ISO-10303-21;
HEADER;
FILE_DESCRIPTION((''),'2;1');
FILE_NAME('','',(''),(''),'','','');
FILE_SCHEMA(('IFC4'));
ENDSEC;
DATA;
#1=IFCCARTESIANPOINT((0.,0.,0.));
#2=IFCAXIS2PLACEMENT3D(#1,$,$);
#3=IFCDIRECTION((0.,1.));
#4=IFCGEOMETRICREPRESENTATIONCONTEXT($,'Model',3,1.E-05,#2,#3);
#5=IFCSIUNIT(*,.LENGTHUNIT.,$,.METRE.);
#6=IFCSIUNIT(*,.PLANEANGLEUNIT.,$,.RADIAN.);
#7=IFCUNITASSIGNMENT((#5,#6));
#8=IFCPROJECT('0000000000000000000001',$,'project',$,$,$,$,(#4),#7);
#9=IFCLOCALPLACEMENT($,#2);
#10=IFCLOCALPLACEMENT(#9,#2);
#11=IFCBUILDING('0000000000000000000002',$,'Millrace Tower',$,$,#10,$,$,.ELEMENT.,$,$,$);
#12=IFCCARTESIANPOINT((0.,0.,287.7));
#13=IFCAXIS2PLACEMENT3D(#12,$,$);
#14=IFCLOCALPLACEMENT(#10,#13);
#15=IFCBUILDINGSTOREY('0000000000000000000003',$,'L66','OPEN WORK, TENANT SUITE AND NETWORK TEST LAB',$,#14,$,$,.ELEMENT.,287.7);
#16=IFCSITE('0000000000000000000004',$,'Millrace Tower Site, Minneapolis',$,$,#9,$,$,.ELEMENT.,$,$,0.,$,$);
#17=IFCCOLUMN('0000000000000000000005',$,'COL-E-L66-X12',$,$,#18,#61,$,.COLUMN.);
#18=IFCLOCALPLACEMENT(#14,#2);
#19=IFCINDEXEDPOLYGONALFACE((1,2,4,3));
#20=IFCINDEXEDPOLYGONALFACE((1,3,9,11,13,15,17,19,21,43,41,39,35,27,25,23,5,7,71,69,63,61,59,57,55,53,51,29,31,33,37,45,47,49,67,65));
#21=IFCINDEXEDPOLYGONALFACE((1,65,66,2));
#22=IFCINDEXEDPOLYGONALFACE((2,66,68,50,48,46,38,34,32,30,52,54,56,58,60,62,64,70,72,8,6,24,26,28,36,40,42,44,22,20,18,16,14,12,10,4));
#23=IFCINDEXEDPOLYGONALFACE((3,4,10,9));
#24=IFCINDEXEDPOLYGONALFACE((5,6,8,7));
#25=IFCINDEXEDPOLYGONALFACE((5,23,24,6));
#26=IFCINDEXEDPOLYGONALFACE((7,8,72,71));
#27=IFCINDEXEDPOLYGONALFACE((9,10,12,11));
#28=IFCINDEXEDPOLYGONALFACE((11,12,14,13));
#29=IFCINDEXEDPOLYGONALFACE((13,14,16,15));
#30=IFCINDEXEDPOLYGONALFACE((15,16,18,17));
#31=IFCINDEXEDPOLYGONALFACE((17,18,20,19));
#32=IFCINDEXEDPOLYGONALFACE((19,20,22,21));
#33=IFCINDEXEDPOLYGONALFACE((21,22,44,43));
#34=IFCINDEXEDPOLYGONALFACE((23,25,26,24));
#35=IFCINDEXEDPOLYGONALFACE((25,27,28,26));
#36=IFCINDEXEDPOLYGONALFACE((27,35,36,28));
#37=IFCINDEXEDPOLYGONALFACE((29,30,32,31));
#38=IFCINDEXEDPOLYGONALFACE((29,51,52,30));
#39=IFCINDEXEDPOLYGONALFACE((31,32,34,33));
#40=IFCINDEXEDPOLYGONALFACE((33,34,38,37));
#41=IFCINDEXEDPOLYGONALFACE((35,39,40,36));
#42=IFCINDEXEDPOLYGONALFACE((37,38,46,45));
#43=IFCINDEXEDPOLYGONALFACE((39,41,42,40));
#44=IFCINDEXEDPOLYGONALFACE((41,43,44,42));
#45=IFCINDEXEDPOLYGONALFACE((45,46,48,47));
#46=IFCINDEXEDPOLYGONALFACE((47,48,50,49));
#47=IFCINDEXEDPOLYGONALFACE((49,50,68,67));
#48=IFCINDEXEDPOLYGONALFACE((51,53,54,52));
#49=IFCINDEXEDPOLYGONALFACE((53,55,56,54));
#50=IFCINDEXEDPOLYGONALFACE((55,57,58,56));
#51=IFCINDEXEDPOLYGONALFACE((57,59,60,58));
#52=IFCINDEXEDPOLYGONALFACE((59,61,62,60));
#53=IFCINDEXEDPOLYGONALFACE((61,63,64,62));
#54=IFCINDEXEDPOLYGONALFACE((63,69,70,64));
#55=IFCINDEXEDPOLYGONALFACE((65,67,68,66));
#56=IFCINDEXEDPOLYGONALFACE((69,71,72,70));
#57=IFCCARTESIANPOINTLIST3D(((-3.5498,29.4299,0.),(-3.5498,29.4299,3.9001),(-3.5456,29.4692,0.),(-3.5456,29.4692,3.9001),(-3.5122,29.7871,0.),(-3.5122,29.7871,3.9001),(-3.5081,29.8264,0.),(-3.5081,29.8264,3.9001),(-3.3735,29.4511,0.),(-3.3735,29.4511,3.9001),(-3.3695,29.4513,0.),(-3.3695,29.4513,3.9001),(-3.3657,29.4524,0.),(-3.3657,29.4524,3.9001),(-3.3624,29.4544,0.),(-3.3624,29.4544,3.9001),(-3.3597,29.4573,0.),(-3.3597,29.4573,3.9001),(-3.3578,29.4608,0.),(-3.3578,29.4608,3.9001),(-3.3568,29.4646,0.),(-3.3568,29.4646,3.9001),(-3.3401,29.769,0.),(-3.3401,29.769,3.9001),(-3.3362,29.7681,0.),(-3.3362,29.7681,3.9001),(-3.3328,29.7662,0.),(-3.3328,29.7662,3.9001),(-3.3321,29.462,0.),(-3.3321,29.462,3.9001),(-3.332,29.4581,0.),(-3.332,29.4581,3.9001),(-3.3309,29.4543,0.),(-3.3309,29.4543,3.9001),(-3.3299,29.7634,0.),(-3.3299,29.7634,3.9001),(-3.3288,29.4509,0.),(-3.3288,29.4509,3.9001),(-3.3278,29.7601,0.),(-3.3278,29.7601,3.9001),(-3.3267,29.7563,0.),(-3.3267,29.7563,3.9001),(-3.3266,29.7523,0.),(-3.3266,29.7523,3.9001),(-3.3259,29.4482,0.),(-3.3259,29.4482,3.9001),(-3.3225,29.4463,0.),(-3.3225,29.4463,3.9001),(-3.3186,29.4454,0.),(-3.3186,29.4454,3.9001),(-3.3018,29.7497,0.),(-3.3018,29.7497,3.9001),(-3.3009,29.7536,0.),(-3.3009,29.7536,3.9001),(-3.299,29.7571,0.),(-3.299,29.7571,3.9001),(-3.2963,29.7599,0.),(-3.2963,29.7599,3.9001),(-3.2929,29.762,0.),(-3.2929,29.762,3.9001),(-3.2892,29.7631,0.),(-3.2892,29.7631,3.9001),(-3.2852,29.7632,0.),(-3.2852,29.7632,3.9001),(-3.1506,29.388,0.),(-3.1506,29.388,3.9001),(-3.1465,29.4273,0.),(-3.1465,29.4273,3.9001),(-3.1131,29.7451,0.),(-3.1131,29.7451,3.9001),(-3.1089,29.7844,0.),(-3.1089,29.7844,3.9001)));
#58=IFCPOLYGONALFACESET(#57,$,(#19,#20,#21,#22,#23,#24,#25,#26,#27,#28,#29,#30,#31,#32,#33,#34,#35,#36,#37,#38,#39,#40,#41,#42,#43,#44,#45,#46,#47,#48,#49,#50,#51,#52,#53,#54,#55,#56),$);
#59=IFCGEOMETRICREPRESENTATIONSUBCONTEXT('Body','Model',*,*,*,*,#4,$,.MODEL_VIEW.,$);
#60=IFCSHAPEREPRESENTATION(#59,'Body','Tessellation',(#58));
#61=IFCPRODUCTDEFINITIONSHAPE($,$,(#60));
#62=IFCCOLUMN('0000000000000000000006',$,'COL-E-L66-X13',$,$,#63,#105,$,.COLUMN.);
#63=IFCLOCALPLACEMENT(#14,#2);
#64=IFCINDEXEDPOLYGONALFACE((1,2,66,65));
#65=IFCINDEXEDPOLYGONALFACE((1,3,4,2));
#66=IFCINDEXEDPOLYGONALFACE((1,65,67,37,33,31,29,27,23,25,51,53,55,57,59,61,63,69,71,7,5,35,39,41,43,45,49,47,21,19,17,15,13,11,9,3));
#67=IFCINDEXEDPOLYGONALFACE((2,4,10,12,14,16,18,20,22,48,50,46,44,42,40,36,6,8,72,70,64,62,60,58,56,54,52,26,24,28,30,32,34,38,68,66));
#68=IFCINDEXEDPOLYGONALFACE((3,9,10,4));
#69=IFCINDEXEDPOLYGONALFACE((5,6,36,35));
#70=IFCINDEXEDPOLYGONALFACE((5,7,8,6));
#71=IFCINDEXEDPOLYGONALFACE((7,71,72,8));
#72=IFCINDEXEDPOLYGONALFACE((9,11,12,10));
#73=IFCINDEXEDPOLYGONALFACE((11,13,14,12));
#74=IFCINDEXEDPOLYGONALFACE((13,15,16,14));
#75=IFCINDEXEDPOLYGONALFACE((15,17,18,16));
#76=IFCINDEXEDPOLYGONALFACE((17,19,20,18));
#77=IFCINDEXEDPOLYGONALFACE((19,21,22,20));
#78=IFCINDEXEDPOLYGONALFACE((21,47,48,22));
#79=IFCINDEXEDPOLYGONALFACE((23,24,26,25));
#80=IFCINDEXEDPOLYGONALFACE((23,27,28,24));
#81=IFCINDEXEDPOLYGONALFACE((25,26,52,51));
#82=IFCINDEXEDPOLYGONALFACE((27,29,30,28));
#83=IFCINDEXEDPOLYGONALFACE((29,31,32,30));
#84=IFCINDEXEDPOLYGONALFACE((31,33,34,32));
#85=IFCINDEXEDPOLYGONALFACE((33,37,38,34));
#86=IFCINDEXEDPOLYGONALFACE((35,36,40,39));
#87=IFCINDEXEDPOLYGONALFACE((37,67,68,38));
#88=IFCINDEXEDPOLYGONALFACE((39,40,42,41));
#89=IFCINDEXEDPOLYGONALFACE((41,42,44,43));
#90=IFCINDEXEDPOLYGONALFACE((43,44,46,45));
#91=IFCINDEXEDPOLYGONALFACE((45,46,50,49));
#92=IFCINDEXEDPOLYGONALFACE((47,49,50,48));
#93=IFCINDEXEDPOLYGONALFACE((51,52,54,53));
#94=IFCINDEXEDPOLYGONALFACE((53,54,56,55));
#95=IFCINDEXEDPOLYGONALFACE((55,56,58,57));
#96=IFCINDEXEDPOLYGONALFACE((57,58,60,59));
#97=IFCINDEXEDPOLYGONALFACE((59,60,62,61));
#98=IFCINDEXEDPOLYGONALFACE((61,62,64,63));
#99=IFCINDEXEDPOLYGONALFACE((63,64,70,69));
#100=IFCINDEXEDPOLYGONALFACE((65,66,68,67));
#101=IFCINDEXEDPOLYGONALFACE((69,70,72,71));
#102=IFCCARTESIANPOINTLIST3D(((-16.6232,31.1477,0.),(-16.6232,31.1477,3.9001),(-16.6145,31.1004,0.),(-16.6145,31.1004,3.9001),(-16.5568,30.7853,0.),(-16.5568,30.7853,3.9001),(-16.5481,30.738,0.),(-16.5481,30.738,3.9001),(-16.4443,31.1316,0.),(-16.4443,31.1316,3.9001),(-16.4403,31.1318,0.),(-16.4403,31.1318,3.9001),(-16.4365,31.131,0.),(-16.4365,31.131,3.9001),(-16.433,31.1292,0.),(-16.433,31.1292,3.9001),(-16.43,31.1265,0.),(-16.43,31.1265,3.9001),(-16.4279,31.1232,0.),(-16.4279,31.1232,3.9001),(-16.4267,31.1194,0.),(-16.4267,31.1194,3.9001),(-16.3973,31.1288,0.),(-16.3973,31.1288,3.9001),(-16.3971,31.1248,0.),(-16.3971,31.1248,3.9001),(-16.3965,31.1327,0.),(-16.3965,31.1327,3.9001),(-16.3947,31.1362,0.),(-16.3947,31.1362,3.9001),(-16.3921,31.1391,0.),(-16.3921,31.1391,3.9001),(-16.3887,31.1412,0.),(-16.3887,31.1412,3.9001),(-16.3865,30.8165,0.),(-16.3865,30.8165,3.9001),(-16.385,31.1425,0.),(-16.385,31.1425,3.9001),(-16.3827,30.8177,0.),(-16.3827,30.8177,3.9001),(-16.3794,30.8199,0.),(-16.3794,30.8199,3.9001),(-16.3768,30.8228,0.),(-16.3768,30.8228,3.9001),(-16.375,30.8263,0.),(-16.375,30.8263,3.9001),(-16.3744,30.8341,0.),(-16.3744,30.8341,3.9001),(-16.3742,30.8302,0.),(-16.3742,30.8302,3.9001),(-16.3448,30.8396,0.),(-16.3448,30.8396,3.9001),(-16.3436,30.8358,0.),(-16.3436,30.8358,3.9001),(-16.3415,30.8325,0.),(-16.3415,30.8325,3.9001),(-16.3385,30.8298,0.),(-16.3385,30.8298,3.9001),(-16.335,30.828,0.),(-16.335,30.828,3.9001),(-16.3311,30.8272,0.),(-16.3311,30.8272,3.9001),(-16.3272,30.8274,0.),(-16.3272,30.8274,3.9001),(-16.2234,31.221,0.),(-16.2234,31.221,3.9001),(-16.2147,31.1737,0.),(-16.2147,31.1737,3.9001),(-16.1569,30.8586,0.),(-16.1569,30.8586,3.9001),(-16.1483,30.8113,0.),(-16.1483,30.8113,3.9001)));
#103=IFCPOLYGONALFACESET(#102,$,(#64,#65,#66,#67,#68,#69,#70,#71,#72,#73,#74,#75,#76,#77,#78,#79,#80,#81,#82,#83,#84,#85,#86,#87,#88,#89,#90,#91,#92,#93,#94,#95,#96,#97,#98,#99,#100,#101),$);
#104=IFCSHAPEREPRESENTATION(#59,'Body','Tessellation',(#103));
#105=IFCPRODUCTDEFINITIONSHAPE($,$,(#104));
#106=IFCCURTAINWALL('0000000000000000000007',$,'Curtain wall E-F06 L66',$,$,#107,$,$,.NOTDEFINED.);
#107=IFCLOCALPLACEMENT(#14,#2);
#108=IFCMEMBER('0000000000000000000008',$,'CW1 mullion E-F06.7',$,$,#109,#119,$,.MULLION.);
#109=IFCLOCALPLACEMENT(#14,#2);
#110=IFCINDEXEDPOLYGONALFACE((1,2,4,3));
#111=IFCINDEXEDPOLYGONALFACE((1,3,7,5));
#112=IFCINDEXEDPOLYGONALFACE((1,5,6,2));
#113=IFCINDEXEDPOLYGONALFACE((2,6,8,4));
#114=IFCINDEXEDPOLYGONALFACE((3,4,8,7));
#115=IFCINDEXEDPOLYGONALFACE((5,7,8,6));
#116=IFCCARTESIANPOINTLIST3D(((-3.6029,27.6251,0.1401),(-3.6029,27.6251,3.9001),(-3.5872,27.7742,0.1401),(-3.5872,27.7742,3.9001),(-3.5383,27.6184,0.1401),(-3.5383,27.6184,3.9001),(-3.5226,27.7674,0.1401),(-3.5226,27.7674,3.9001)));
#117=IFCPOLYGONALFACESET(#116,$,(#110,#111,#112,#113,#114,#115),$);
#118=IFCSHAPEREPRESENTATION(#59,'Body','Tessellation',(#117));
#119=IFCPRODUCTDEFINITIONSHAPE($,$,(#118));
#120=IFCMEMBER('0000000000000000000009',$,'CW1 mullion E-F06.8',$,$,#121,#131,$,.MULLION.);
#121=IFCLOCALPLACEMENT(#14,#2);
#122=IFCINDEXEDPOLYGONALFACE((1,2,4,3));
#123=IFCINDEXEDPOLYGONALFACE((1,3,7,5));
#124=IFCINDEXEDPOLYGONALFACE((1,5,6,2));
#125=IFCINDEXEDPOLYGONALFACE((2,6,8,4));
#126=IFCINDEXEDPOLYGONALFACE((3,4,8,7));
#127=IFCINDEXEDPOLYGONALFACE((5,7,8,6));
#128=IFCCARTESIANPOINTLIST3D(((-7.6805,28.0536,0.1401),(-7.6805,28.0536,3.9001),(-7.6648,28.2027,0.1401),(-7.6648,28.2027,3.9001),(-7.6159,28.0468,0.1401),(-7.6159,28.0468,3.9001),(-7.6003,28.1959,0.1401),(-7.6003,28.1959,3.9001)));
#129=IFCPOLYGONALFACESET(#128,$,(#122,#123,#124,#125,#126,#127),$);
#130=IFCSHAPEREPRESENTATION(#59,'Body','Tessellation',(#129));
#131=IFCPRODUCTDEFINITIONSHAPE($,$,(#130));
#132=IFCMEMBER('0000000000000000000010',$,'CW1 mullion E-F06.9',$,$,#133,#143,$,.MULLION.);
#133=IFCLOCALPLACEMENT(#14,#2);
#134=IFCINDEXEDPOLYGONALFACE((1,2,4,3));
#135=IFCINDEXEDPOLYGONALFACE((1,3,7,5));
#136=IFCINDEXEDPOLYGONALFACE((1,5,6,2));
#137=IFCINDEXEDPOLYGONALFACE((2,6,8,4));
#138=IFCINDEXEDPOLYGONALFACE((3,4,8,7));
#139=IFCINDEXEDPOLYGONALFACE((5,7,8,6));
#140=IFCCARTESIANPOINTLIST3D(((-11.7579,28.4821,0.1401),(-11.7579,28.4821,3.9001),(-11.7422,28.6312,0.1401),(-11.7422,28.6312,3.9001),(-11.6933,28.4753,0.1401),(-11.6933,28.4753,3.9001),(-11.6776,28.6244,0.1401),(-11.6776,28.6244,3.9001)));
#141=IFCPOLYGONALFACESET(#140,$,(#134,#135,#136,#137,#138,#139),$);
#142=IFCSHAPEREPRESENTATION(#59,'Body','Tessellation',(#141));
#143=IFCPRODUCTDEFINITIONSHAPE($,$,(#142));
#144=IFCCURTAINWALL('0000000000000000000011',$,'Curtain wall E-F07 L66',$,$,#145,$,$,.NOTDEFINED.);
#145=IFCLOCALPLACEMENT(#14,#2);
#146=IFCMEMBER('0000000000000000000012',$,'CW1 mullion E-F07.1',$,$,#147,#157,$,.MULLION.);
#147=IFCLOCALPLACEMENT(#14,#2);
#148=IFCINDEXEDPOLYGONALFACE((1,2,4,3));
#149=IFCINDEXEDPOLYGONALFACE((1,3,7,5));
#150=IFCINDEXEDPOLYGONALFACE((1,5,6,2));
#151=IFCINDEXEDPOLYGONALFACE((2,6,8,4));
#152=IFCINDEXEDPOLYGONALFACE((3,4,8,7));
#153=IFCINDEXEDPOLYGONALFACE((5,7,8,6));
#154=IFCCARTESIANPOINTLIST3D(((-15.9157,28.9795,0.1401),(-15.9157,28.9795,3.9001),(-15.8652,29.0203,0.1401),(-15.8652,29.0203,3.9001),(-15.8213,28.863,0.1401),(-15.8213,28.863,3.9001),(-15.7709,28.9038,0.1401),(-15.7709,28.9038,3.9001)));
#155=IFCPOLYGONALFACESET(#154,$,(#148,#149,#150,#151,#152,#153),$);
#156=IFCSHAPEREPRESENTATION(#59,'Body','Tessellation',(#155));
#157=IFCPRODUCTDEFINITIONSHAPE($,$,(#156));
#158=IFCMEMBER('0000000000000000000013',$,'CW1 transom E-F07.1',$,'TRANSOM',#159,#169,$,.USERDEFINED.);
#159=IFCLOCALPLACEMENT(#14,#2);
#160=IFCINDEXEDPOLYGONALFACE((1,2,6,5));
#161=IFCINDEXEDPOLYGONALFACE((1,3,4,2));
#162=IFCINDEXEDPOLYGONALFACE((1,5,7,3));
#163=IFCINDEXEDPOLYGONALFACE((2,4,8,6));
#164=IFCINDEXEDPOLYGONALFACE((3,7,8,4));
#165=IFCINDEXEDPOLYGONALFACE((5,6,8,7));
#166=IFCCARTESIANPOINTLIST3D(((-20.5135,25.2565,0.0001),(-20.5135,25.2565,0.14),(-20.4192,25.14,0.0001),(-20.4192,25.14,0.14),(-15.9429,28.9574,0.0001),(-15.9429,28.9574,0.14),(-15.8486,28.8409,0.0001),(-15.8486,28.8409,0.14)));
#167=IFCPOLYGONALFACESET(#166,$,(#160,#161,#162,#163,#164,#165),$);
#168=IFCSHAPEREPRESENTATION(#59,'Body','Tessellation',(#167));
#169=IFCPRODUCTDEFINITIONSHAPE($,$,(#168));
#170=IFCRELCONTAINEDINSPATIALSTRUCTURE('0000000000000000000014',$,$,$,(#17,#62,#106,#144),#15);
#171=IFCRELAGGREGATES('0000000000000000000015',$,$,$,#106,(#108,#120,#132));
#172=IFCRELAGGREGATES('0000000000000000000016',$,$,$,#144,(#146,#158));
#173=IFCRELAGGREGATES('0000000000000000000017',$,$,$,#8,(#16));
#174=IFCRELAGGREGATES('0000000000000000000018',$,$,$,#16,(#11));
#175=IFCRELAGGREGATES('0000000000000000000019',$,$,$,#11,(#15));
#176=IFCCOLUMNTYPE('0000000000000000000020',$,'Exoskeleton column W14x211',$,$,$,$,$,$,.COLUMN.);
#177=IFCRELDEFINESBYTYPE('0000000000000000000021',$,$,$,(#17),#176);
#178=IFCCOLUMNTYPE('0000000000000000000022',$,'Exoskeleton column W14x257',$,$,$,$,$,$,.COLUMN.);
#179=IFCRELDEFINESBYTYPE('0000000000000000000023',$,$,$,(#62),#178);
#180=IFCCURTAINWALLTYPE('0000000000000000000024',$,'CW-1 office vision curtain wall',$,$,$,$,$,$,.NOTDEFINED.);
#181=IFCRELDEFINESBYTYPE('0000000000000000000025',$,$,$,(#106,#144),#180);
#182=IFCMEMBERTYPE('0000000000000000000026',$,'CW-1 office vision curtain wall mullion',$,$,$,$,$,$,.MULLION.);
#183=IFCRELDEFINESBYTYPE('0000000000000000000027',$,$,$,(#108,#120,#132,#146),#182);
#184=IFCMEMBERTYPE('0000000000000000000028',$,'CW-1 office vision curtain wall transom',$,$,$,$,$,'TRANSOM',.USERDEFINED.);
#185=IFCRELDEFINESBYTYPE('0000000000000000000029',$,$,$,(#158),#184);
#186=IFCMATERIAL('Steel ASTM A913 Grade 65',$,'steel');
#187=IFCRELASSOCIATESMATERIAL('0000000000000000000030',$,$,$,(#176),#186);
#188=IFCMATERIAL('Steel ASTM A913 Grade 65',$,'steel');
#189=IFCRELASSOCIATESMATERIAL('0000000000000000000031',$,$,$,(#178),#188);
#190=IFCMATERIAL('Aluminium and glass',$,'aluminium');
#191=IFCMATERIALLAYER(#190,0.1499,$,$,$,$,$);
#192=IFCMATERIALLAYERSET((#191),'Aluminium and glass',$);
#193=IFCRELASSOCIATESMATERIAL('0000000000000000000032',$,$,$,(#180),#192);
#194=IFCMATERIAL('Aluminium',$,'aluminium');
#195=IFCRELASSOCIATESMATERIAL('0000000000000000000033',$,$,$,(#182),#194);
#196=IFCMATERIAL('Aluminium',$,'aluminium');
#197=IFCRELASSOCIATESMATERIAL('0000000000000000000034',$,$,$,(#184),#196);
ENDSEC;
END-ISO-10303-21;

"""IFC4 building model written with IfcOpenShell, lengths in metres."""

from ifc_helpers import new_model, si_unit, direction, frame, origin, origin_2d, place, context, subcontext, project, spatial, rectangle, i_section, extrude, material, layer, layer_set, material_profile, profile_set, type_object, element, aggregate, save


model = new_model("IFC4")

# Units and contexts
model_context = context("Model", 3, precision=1e-05, world=origin(), true_north=direction((0.0, 1.0)))
body_context = subcontext(model_context, "Body", "Model", "MODEL_VIEW")
ifc_project = project(units=[si_unit("LENGTHUNIT", "METRE"), si_unit("PLANEANGLEUNIT", "RADIAN")], contexts=[model_context])

# Site, building, storey
site_placement = place(None, origin())
site = spatial("IfcSite", under=ifc_project, at=site_placement, Name="Millrace Tower Site, Minneapolis", CompositionType="ELEMENT", RefElevation=0.0)
building_placement = place(site_placement, origin())
building = spatial("IfcBuilding", under=site, at=building_placement, Name="Millrace Tower", CompositionType="ELEMENT")
storey_placement = place(building_placement, frame((0.0, 0.0, 287.7)))
storey = spatial("IfcBuildingStorey", under=building, at=storey_placement, Name="L66", Description="OPEN WORK, TENANT SUITE AND NETWORK TEST LAB", CompositionType="ELEMENT", Elevation=287.7)

# Columns
ifc_material_1 = material(Name="Steel ASTM A913 Grade 65", Category="steel")
ifc_material_profile_1 = material_profile(ifc_material_1, i_section(OverallWidth=0.4014, OverallDepth=0.3987, WebThickness=0.0249, FlangeThickness=0.0396, FilletRadius=0.0151, at=origin_2d()))
ifc_profile_set_1 = profile_set([ifc_material_profile_1], Name="Steel ASTM A913 Grade 65")
column_type_1 = type_object("IfcColumnType", Name="Exoskeleton column W14x211", PredefinedType="COLUMN", material=ifc_profile_set_1)
column_1_placement = place(storey_placement, frame((-3.3293, 29.6072, 0.0), z_axis=(0.0, 0.0, 1.0), x_axis=(-0.994522, 0.104528, 0.0)))
element("IfcColumn", 1, at=column_1_placement, inside=storey, type_object=column_type_1, Name="COL-E-L66-X12", PredefinedType="COLUMN", context=body_context, shape_type="SweptSolid", body=[
    extrude(i_section(OverallWidth=0.4014, OverallDepth=0.3987, WebThickness=0.0249, FlangeThickness=0.0396, FilletRadius=0.0151, at=origin_2d()), origin(), (0.0, 0.0, 1.0), 3.9001),
])
ifc_material_2 = material(Name="Steel ASTM A913 Grade 65", Category="steel")
ifc_material_profile_2 = material_profile(ifc_material_2, i_section(OverallWidth=0.4065, OverallDepth=0.4165, WebThickness=0.03, FlangeThickness=0.0481, FilletRadius=0.0151, at=origin_2d()))
ifc_profile_set_2 = profile_set([ifc_material_profile_2], Name="Steel ASTM A913 Grade 65")
column_type_2 = type_object("IfcColumnType", Name="Exoskeleton column W14x257", PredefinedType="COLUMN", material=ifc_profile_set_2)
column_2_placement = place(storey_placement, frame((-16.3857, 30.9795, 0.0), z_axis=(0.0, 0.0, 1.0), x_axis=(-0.983596, -0.180387, 0.0)))
element("IfcColumn", 2, at=column_2_placement, inside=storey, type_object=column_type_2, Name="COL-E-L66-X13", PredefinedType="COLUMN", context=body_context, shape_type="SweptSolid", body=[
    extrude(i_section(OverallWidth=0.4065, OverallDepth=0.4165, WebThickness=0.03, FlangeThickness=0.0481, FilletRadius=0.0151, at=origin_2d()), origin(), (0.0, 0.0, 1.0), 3.9001),
])

# Curtain walls, members
ifc_material_3 = material(Name="Aluminium and glass", Category="aluminium")
ifc_layer_1 = layer(ifc_material_3, 0.1499)
ifc_layer_set_1 = layer_set([ifc_layer_1], Name="Aluminium and glass")
curtain_wall_type = type_object("IfcCurtainWallType", Name="CW-1 office vision curtain wall", PredefinedType="NOTDEFINED", material=ifc_layer_set_1)
placement = place(storey_placement, origin())
curtain_wall_1 = element("IfcCurtainWall", 3, at=placement, inside=storey, type_object=curtain_wall_type, Name="Curtain wall E-F06 L66", PredefinedType="NOTDEFINED")
ifc_material_4 = material(Name="Aluminium", Category="aluminium")
ifc_material_profile_3 = material_profile(ifc_material_4, rectangle(XDim=0.0649, YDim=0.1499, at=origin_2d()))
ifc_profile_set_3 = profile_set([ifc_material_profile_3], Name="Aluminium")
member_type_1 = type_object("IfcMemberType", Name="CW-1 office vision curtain wall mullion", PredefinedType="MULLION", material=ifc_profile_set_3)
member_1_placement = place(storey_placement, frame((-3.5627, 27.6963, 0.1401), z_axis=(0.0, 0.0, 1.0), x_axis=(-0.994522, 0.104528, 0.0)))
member_1 = element("IfcMember", 4, at=member_1_placement, type_object=member_type_1, Name="CW1 mullion E-F06.7", PredefinedType="MULLION", context=body_context, shape_type="SweptSolid", body=[
    extrude(rectangle(XDim=0.0649, YDim=0.1499, at=origin_2d()), origin(), (0.0, 0.0, 1.0), 3.76),
])
member_2_placement = place(storey_placement, frame((-7.6404, 28.1248, 0.1401), z_axis=(0.0, 0.0, 1.0), x_axis=(-0.994522, 0.104528, 0.0)))
member_2 = element("IfcMember", 5, at=member_2_placement, type_object=member_type_1, Name="CW1 mullion E-F06.8", PredefinedType="MULLION", context=body_context, shape_type="SweptSolid", body=[
    extrude(rectangle(XDim=0.0649, YDim=0.1499, at=origin_2d()), origin(), (0.0, 0.0, 1.0), 3.76),
])
member_3_placement = place(storey_placement, frame((-11.7178, 28.5532, 0.1401), z_axis=(0.0, 0.0, 1.0), x_axis=(-0.994522, 0.104528, 0.0)))
member_3 = element("IfcMember", 6, at=member_3_placement, type_object=member_type_1, Name="CW1 mullion E-F06.9", PredefinedType="MULLION", context=body_context, shape_type="SweptSolid", body=[
    extrude(rectangle(XDim=0.0649, YDim=0.1499, at=origin_2d()), origin(), (0.0, 0.0, 1.0), 3.76),
])
aggregate(curtain_wall_1, [member_1, member_2, member_3])
curtain_wall_2 = element("IfcCurtainWall", 7, at=placement, inside=storey, type_object=curtain_wall_type, Name="Curtain wall E-F07 L66", PredefinedType="NOTDEFINED")
member_4_placement = place(storey_placement, frame((-15.8433, 28.9417, 0.1401), z_axis=(0.0, 0.0, 1.0), x_axis=(-0.777146, -0.62932, 0.0)))
member_4 = element("IfcMember", 8, at=member_4_placement, type_object=member_type_1, Name="CW1 mullion E-F07.1", PredefinedType="MULLION", context=body_context, shape_type="SweptSolid", body=[
    extrude(rectangle(XDim=0.0649, YDim=0.1499, at=origin_2d()), origin(), (0.0, 0.0, 1.0), 3.76),
])
ifc_material_5 = material(Name="Aluminium", Category="aluminium")
ifc_material_profile_4 = material_profile(ifc_material_5, rectangle(XDim=0.1499, YDim=0.1399, at=origin_2d()))
ifc_profile_set_4 = profile_set([ifc_material_profile_4], Name="Aluminium")
member_type_2 = type_object("IfcMemberType", Name="CW-1 office vision curtain wall transom", ElementType="TRANSOM", PredefinedType="USERDEFINED", material=ifc_profile_set_4)
member_5_placement = place(storey_placement, frame((-15.8958, 28.8992, 0.0701), z_axis=(-0.777166, -0.629296, 0.0), x_axis=(0.629296, -0.777166, 0.0)))
member_5 = element("IfcMember", 9, at=member_5_placement, type_object=member_type_2, Name="CW1 transom E-F07.1", ObjectType="TRANSOM", PredefinedType="USERDEFINED", context=body_context, shape_type="SweptSolid", body=[
    extrude(rectangle(XDim=0.1499, YDim=0.1399, at=origin_2d()), origin(), (0.0, 0.0, 1.0), 5.8811),
])
aggregate(curtain_wall_2, [member_4, member_5])

save(model, "model.ifc")
